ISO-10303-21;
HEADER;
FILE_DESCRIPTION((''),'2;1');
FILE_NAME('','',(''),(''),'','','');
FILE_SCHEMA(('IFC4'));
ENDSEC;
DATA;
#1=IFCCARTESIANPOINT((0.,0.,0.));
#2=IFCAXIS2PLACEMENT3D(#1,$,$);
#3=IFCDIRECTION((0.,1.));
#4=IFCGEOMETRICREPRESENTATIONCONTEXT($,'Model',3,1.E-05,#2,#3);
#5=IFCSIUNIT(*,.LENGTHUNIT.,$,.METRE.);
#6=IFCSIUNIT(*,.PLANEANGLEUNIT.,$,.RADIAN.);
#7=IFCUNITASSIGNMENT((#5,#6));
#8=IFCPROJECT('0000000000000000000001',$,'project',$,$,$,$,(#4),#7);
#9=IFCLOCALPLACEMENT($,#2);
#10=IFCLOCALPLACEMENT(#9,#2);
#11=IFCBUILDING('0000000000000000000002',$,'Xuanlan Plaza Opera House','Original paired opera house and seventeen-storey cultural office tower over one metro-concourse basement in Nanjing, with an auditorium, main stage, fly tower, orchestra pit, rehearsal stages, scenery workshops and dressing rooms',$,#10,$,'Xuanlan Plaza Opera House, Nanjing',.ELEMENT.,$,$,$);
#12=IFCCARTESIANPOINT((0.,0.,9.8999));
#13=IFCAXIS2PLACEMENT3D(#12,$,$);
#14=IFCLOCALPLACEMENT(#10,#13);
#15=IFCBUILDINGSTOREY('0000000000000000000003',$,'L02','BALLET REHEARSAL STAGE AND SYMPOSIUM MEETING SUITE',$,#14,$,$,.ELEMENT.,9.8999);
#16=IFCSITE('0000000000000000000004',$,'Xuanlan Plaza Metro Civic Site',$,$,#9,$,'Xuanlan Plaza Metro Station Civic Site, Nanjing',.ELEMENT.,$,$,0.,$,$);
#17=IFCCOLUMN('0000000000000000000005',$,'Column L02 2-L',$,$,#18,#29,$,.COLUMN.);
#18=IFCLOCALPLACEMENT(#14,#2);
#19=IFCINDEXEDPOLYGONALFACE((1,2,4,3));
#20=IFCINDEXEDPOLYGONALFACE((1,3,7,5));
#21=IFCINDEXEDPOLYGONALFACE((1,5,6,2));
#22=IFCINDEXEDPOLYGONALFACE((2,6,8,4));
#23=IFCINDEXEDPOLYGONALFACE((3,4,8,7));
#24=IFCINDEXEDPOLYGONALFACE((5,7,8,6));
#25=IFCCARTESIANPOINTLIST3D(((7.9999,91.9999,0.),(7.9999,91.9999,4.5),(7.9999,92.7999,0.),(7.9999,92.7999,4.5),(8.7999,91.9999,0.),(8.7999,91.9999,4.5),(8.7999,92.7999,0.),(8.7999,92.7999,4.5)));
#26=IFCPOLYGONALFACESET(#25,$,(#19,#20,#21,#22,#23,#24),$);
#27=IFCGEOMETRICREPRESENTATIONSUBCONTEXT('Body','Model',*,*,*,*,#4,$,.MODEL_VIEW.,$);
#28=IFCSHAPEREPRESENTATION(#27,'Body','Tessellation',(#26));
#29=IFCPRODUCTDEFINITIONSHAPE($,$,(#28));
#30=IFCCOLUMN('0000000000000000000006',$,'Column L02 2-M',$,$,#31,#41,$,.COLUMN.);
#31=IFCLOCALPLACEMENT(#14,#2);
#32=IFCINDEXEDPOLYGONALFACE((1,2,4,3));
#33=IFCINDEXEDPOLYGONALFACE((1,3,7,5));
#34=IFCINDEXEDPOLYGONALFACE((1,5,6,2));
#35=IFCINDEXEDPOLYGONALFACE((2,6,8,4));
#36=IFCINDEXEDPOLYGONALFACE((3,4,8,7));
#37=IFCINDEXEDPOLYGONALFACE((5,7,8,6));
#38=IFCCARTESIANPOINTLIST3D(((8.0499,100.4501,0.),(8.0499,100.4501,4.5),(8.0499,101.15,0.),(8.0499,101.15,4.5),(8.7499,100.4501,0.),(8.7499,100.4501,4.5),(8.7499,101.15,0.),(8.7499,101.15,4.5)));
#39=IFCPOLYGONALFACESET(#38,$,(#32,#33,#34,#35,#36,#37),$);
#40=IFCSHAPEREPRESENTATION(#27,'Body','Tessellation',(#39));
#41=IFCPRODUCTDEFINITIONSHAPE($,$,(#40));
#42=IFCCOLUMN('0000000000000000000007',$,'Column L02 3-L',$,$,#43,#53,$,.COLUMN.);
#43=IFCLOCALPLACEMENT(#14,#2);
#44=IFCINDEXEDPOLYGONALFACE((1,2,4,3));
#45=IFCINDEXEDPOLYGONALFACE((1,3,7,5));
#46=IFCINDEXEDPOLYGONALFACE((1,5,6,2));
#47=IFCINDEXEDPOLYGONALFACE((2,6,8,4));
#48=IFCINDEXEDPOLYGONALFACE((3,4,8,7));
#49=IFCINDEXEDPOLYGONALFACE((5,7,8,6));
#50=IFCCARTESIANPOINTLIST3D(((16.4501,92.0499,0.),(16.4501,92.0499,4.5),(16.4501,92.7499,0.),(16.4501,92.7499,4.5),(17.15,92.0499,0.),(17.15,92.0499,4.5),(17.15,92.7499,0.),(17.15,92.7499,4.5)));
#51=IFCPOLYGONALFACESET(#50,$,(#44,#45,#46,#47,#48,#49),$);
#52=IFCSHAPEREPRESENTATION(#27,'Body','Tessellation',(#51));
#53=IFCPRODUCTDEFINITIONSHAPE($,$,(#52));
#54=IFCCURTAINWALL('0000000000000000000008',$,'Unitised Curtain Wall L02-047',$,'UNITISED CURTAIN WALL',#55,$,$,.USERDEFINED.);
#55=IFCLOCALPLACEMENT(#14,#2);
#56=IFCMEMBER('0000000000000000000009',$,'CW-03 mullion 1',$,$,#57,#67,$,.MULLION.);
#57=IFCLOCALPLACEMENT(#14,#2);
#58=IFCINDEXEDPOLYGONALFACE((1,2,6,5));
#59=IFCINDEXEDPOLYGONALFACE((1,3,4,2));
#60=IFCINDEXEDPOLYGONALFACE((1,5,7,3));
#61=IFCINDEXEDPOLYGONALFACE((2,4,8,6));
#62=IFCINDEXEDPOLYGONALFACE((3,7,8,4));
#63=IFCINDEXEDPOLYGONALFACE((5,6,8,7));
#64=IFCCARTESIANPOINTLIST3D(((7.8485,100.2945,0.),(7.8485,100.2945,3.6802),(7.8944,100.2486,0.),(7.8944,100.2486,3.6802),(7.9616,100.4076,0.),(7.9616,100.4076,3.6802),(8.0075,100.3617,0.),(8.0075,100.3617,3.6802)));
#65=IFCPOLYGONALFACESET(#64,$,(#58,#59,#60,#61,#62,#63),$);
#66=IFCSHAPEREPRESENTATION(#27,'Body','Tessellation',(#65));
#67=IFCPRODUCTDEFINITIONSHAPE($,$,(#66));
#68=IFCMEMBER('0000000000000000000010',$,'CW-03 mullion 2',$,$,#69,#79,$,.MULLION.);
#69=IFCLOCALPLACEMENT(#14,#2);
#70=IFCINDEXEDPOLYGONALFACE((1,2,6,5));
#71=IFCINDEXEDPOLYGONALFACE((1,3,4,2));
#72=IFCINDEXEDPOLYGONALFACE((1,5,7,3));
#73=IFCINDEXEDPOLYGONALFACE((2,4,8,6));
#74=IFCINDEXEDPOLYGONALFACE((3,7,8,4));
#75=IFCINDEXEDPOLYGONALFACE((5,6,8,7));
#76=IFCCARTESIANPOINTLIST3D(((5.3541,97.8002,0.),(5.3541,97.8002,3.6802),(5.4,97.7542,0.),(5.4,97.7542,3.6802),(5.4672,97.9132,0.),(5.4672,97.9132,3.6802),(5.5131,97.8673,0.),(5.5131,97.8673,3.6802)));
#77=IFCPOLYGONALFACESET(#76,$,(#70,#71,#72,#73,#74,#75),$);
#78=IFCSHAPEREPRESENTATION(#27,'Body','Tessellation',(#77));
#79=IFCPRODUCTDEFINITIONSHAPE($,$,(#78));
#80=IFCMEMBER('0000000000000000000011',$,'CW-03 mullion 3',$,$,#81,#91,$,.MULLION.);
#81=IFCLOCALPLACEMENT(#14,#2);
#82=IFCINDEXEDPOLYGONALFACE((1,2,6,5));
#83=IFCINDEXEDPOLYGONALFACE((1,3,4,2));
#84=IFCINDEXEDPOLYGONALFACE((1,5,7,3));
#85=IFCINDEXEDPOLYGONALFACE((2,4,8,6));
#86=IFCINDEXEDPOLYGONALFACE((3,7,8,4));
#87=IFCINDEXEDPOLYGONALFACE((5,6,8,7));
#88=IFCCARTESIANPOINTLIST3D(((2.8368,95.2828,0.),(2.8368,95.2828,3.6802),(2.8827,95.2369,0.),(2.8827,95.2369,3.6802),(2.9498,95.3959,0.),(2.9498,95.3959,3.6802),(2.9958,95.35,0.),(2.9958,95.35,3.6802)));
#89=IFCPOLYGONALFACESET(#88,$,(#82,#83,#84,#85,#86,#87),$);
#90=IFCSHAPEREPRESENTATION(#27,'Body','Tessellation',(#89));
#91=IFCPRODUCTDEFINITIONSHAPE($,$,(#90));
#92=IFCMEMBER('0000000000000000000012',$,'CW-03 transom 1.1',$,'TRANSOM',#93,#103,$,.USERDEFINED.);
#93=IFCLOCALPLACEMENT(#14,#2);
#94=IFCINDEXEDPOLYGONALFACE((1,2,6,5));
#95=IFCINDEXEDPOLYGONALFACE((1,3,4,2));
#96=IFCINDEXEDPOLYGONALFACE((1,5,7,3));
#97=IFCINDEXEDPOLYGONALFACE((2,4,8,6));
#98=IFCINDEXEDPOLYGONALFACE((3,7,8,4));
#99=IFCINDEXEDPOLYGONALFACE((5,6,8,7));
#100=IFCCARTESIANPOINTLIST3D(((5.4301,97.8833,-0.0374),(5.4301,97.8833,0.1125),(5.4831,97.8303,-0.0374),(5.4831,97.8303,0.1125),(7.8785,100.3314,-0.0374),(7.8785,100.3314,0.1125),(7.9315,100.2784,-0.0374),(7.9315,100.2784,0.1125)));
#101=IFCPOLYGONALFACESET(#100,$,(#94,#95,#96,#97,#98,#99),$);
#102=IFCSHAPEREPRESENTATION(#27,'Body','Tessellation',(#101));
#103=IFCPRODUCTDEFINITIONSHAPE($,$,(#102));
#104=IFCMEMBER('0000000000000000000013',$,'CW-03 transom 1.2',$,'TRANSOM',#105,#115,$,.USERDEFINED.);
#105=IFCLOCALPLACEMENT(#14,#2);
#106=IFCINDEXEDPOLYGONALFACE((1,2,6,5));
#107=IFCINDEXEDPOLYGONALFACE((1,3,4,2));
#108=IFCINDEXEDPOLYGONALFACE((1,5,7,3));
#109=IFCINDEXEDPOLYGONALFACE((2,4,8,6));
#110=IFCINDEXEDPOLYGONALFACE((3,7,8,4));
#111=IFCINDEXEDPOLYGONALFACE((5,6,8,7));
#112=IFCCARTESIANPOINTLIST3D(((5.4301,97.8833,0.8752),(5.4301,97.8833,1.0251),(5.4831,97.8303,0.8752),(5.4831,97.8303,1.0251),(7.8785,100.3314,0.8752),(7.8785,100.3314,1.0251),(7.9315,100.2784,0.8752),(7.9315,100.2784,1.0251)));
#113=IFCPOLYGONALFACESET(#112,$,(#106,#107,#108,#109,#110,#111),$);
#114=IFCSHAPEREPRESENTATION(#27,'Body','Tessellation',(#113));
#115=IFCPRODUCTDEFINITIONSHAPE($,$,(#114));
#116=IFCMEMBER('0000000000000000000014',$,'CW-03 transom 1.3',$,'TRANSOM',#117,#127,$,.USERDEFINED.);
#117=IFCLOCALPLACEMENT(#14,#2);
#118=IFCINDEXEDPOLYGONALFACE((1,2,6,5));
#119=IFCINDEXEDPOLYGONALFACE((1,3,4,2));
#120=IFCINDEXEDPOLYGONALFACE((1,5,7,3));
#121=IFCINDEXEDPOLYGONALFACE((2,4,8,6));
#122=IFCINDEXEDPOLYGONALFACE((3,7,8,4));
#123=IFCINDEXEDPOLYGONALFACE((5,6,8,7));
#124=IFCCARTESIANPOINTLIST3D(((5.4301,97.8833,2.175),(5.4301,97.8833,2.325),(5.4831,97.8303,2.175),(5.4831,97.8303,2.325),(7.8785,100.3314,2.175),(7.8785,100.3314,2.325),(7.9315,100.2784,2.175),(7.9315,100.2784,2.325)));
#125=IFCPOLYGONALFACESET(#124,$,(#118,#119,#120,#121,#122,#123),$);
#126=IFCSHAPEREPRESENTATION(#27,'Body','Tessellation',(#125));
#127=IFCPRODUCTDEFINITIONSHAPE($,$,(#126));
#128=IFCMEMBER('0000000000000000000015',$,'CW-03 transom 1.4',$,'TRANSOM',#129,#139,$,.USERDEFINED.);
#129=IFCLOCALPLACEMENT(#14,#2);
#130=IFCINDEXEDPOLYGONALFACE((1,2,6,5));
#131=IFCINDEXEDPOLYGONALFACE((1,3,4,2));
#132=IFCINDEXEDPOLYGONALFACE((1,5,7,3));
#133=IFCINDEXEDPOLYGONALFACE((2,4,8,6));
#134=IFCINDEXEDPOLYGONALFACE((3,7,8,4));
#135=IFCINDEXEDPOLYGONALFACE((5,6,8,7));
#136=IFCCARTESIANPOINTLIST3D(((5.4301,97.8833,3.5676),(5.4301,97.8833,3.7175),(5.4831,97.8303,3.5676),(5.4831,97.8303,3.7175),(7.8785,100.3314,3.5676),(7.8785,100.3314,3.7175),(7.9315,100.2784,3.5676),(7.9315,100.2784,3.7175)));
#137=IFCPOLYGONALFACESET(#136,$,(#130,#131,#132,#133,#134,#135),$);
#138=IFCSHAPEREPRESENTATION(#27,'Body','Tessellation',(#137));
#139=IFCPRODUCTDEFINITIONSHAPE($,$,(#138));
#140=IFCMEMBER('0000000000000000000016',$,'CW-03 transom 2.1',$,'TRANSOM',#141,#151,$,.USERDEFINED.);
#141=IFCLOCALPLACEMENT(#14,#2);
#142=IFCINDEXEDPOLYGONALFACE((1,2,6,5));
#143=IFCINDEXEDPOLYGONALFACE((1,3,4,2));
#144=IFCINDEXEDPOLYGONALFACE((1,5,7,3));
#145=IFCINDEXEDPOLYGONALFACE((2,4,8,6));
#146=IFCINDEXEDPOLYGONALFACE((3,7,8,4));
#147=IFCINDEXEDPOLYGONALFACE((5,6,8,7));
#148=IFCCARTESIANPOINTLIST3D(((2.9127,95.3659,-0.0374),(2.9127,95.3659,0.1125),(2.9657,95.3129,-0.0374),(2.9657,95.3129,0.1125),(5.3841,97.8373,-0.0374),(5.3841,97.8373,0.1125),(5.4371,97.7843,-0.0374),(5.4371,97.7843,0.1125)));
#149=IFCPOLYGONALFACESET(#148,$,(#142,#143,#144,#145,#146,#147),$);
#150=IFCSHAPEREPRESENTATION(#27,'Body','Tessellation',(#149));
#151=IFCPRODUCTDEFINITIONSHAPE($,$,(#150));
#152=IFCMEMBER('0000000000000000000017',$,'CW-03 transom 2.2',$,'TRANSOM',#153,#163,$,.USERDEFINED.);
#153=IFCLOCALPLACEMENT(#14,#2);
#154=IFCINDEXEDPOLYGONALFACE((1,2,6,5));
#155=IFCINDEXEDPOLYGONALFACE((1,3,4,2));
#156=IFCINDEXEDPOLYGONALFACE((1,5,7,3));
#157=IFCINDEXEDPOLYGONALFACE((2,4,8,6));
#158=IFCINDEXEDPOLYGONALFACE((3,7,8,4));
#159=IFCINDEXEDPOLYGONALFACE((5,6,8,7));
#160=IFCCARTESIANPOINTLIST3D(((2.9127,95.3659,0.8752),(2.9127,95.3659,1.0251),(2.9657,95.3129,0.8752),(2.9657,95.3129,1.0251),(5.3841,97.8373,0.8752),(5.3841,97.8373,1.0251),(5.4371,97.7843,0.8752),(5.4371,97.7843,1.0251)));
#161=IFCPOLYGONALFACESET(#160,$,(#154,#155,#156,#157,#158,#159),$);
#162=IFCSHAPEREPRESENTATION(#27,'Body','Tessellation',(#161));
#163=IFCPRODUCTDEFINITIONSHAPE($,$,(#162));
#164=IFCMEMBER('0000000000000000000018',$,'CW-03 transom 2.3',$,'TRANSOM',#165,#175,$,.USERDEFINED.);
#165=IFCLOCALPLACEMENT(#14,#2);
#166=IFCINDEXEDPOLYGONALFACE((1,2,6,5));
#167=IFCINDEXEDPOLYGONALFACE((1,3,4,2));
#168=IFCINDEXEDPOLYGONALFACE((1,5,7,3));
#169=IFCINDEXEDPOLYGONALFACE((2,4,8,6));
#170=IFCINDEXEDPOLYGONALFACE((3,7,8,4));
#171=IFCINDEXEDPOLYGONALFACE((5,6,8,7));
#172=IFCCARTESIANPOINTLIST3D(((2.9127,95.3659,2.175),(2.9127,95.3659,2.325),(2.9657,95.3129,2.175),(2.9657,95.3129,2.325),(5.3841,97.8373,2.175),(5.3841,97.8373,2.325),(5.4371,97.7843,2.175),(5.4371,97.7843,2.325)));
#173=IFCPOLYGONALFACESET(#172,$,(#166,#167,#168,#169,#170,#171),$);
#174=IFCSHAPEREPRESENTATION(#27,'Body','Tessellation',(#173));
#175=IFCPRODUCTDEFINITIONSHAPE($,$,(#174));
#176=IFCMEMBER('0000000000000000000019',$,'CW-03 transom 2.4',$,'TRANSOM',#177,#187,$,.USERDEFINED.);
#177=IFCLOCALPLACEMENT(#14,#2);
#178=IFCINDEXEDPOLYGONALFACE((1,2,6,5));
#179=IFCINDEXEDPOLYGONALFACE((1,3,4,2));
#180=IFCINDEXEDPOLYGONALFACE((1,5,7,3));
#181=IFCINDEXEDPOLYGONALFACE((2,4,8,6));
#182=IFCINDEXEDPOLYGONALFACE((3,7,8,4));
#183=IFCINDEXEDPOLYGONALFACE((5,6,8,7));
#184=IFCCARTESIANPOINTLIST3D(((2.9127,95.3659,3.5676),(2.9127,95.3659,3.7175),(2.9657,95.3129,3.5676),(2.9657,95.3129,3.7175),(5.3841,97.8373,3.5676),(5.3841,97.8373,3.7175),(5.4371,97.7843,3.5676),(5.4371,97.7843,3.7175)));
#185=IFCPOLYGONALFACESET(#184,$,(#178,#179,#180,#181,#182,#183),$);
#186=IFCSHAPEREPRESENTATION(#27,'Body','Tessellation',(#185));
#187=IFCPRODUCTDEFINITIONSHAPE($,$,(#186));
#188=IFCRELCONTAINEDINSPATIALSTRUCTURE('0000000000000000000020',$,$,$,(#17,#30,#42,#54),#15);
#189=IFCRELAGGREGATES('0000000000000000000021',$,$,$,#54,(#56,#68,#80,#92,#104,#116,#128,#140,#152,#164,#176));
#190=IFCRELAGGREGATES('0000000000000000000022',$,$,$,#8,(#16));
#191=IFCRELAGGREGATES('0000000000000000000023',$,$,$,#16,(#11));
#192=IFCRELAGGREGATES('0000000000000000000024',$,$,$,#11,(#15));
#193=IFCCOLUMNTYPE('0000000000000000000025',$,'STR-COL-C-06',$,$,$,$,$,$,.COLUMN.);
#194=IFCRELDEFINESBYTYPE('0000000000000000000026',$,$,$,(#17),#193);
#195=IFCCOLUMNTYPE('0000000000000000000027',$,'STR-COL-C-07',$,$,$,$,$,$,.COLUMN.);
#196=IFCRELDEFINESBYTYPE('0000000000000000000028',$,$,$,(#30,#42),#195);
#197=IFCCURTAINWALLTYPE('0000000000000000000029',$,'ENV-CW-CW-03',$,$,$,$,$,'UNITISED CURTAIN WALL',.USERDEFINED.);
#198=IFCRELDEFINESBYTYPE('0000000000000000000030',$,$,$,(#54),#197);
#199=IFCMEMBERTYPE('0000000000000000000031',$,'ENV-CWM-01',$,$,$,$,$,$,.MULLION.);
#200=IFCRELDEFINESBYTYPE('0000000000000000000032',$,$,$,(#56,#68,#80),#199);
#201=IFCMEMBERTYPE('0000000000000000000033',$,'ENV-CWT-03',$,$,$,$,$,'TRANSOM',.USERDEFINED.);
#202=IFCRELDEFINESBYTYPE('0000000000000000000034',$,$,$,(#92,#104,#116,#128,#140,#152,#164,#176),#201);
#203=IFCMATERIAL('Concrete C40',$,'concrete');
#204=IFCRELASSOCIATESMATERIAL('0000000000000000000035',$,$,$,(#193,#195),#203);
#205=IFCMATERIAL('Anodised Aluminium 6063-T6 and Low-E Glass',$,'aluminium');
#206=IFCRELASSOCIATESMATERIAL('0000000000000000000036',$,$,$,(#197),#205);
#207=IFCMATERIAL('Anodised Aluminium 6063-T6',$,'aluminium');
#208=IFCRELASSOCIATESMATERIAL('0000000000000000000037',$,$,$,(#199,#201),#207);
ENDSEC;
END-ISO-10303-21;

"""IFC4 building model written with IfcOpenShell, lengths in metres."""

from ifc_helpers import new_model, si_unit, direction, frame, origin, origin_2d, place, context, subcontext, project, spatial, rectangle, extrude, material, material_profile, profile_set, type_object, element, aggregate, save


model = new_model("IFC4")

# Units and contexts
model_context = context("Model", 3, precision=1e-05, world=origin(), true_north=direction((0.0, 1.0)))
body_context = subcontext(model_context, "Body", "Model", "MODEL_VIEW")
ifc_project = project(units=[si_unit("LENGTHUNIT", "METRE"), si_unit("PLANEANGLEUNIT", "RADIAN")], contexts=[model_context])

# Site, building, storey
site_placement = place(None, origin())
site = spatial("IfcSite", under=ifc_project, at=site_placement, Name="Xuanlan Plaza Metro Civic Site", LongName="Xuanlan Plaza Metro Station Civic Site, Nanjing", CompositionType="ELEMENT", RefElevation=0.0)
building_placement = place(site_placement, origin())
building = spatial("IfcBuilding", under=site, at=building_placement, Name="Xuanlan Plaza Opera House", Description="Original paired opera house and seventeen-storey cultural office tower over one metro-concourse basement in Nanjing, with an auditorium, main stage, fly tower, orchestra pit, rehearsal stages, scenery workshops and dressing rooms", LongName="Xuanlan Plaza Opera House, Nanjing", CompositionType="ELEMENT")
storey_placement = place(building_placement, frame((0.0, 0.0, 9.8999)))
storey = spatial("IfcBuildingStorey", under=building, at=storey_placement, Name="L02", Description="BALLET REHEARSAL STAGE AND SYMPOSIUM MEETING SUITE", CompositionType="ELEMENT", Elevation=9.8999)

# Columns
ifc_material_1 = material(Name="Concrete C40", Category="concrete")
ifc_material_profile_1 = material_profile(ifc_material_1, rectangle(XDim=0.8, YDim=0.8, at=origin_2d()), Name="RC-COL 800x800")
ifc_profile_set_1 = profile_set([ifc_material_profile_1], Name="Concrete C40")
column_type_1 = type_object("IfcColumnType", Name="STR-COL-C-06", PredefinedType="COLUMN", material=ifc_profile_set_1)
column_placement = place(storey_placement, frame((8.3999, 92.3999, 0.0), z_axis=(0.0, 0.0, 1.0), x_axis=(1.0, 0.0, 0.0)))
element("IfcColumn", 1, at=column_placement, inside=storey, type_object=column_type_1, Name="Column L02 2-L", PredefinedType="COLUMN", context=body_context, shape_type="SweptSolid", body=[
    extrude(rectangle(XDim=0.8, YDim=0.8, at=origin_2d()), origin(), (0.0, 0.0, 1.0), 4.5),
])
ifc_material_profile_2 = material_profile(ifc_material_1, rectangle(XDim=0.7, YDim=0.7, at=origin_2d()), Name="RC-COL 700x700")
ifc_profile_set_2 = profile_set([ifc_material_profile_2], Name="Concrete C40")
column_type_2 = type_object("IfcColumnType", Name="STR-COL-C-07", PredefinedType="COLUMN", material=ifc_profile_set_2)
for number, where, z_axis, x_axis, name in (
    (2, (8.3999, 100.8, 0.0), (0.0, 0.0, 1.0), (1.0, 0.0, 0.0), "Column L02 2-M"),
    (3, (16.8, 92.3999, 0.0), (0.0, 0.0, 1.0), (1.0, 0.0, 0.0), "Column L02 3-L"),
):
    element("IfcColumn", number, at=place(storey_placement, frame(where, z_axis=z_axis, x_axis=x_axis)), inside=storey, type_object=column_type_2, Name=name, PredefinedType="COLUMN", context=body_context, shape_type="SweptSolid", body=[
        extrude(rectangle(XDim=0.7, YDim=0.7, at=origin_2d()), origin(), (0.0, 0.0, 1.0), 4.5),
    ])

# Curtain wall, members
ifc_material_2 = material(Name="Anodised Aluminium 6063-T6 and Low-E Glass", Category="aluminium")
curtain_wall_type = type_object("IfcCurtainWallType", Name="ENV-CW-CW-03", ElementType="UNITISED CURTAIN WALL", PredefinedType="USERDEFINED", material=ifc_material_2)
curtain_wall_placement = place(storey_placement, origin())
curtain_wall = element("IfcCurtainWall", 4, at=curtain_wall_placement, inside=storey, type_object=curtain_wall_type, Name="Unitised Curtain Wall L02-047", ObjectType="UNITISED CURTAIN WALL", PredefinedType="USERDEFINED")
ifc_material_3 = material(Name="Anodised Aluminium 6063-T6", Category="aluminium")
ifc_material_profile_3 = material_profile(ifc_material_3, rectangle(XDim=0.0649, YDim=0.1599, at=origin_2d()), Name="ALU-M 65x160")
ifc_profile_set_3 = profile_set([ifc_material_profile_3], Name="Anodised Aluminium 6063-T6")
member_type_1 = type_object("IfcMemberType", Name="ENV-CWM-01", PredefinedType="MULLION", material=ifc_profile_set_3)
member_1_placement = place(storey_placement, frame((7.928, 100.3281, 0.0), z_axis=(0.0, 0.0, 1.0), x_axis=(0.707107, -0.707107, 0.0)))
member_1 = element("IfcMember", 5, at=member_1_placement, type_object=member_type_1, Name="CW-03 mullion 1", PredefinedType="MULLION", context=body_context, shape_type="SweptSolid", body=[
    extrude(rectangle(XDim=0.0649, YDim=0.1599, at=origin_2d()), origin(), (0.0, 0.0, 1.0), 3.6802),
])
member_2_placement = place(storey_placement, frame((5.4336, 97.8337, 0.0), z_axis=(0.0, 0.0, 1.0), x_axis=(0.707107, -0.707107, 0.0)))
member_2 = element("IfcMember", 6, at=member_2_placement, type_object=member_type_1, Name="CW-03 mullion 2", PredefinedType="MULLION", context=body_context, shape_type="SweptSolid", body=[
    extrude(rectangle(XDim=0.0649, YDim=0.1599, at=origin_2d()), origin(), (0.0, 0.0, 1.0), 3.6802),
])
member_3_placement = place(storey_placement, frame((2.9163, 95.3164, 0.0), z_axis=(0.0, 0.0, 1.0), x_axis=(0.707107, -0.707107, 0.0)))
member_3 = element("IfcMember", 7, at=member_3_placement, type_object=member_type_1, Name="CW-03 mullion 3", PredefinedType="MULLION", context=body_context, shape_type="SweptSolid", body=[
    extrude(rectangle(XDim=0.0649, YDim=0.1599, at=origin_2d()), origin(), (0.0, 0.0, 1.0), 3.6802),
])
ifc_material_profile_4 = material_profile(ifc_material_3, rectangle(XDim=0.075, YDim=0.1499, at=origin_2d()), Name="ALU-T 75x150")
ifc_profile_set_4 = profile_set([ifc_material_profile_4], Name="Anodised Aluminium 6063-T6")
member_type_2 = type_object("IfcMemberType", Name="ENV-CWT-03", ElementType="TRANSOM", PredefinedType="USERDEFINED", material=ifc_profile_set_4)
member_4_placement = place(storey_placement, frame((7.905, 100.3049, 0.0376), z_axis=(-0.707142, -0.707072, 0.0), x_axis=(0.707072, -0.707142, 0.0)))
member_4 = element("IfcMember", 8, at=member_4_placement, type_object=member_type_2, Name="CW-03 transom 1.1", ObjectType="TRANSOM", PredefinedType="USERDEFINED", context=body_context, shape_type="SweptSolid", body=[
    extrude(rectangle(XDim=0.075, YDim=0.1499, at=origin_2d()), origin(), (0.0, 0.0, 1.0), 3.4624),
])
member_5_placement = place(storey_placement, frame((7.905, 100.3049, 0.9502), z_axis=(-0.707142, -0.707072, 0.0), x_axis=(0.707072, -0.707142, 0.0)))
member_5 = element("IfcMember", 9, at=member_5_placement, type_object=member_type_2, Name="CW-03 transom 1.2", ObjectType="TRANSOM", PredefinedType="USERDEFINED", context=body_context, shape_type="SweptSolid", body=[
    extrude(rectangle(XDim=0.075, YDim=0.1499, at=origin_2d()), origin(), (0.0, 0.0, 1.0), 3.4624),
])
member_6_placement = place(storey_placement, frame((7.905, 100.3049, 2.25), z_axis=(-0.707142, -0.707072, 0.0), x_axis=(0.707072, -0.707142, 0.0)))
member_6 = element("IfcMember", 10, at=member_6_placement, type_object=member_type_2, Name="CW-03 transom 1.3", ObjectType="TRANSOM", PredefinedType="USERDEFINED", context=body_context, shape_type="SweptSolid", body=[
    extrude(rectangle(XDim=0.075, YDim=0.1499, at=origin_2d()), origin(), (0.0, 0.0, 1.0), 3.4624),
])
member_7_placement = place(storey_placement, frame((7.905, 100.3049, 3.6426), z_axis=(-0.707142, -0.707072, 0.0), x_axis=(0.707072, -0.707142, 0.0)))
member_7 = element("IfcMember", 11, at=member_7_placement, type_object=member_type_2, Name="CW-03 transom 1.4", ObjectType="TRANSOM", PredefinedType="USERDEFINED", context=body_context, shape_type="SweptSolid", body=[
    extrude(rectangle(XDim=0.075, YDim=0.1499, at=origin_2d()), origin(), (0.0, 0.0, 1.0), 3.4624),
])
member_8_placement = place(storey_placement, frame((5.4106, 97.8108, 0.0376), z_axis=(-0.707107, -0.707107, 0.0), x_axis=(0.707107, -0.707107, 0.0)))
member_8 = element("IfcMember", 12, at=member_8_placement, type_object=member_type_2, Name="CW-03 transom 2.1", ObjectType="TRANSOM", PredefinedType="USERDEFINED", context=body_context, shape_type="SweptSolid", body=[
    extrude(rectangle(XDim=0.075, YDim=0.1499, at=origin_2d()), origin(), (0.0, 0.0, 1.0), 3.4951),
])
member_9_placement = place(storey_placement, frame((5.4106, 97.8108, 0.9502), z_axis=(-0.707107, -0.707107, 0.0), x_axis=(0.707107, -0.707107, 0.0)))
member_9 = element("IfcMember", 13, at=member_9_placement, type_object=member_type_2, Name="CW-03 transom 2.2", ObjectType="TRANSOM", PredefinedType="USERDEFINED", context=body_context, shape_type="SweptSolid", body=[
    extrude(rectangle(XDim=0.075, YDim=0.1499, at=origin_2d()), origin(), (0.0, 0.0, 1.0), 3.4951),
])
member_10_placement = place(storey_placement, frame((5.4106, 97.8108, 2.25), z_axis=(-0.707107, -0.707107, 0.0), x_axis=(0.707107, -0.707107, 0.0)))
member_10 = element("IfcMember", 14, at=member_10_placement, type_object=member_type_2, Name="CW-03 transom 2.3", ObjectType="TRANSOM", PredefinedType="USERDEFINED", context=body_context, shape_type="SweptSolid", body=[
    extrude(rectangle(XDim=0.075, YDim=0.1499, at=origin_2d()), origin(), (0.0, 0.0, 1.0), 3.4951),
])
member_11_placement = place(storey_placement, frame((5.4106, 97.8108, 3.6426), z_axis=(-0.707107, -0.707107, 0.0), x_axis=(0.707107, -0.707107, 0.0)))
member_11 = element("IfcMember", 15, at=member_11_placement, type_object=member_type_2, Name="CW-03 transom 2.4", ObjectType="TRANSOM", PredefinedType="USERDEFINED", context=body_context, shape_type="SweptSolid", body=[
    extrude(rectangle(XDim=0.075, YDim=0.1499, at=origin_2d()), origin(), (0.0, 0.0, 1.0), 3.4951),
])

aggregate(curtain_wall, [member_1, member_2, member_3, member_4, member_5, member_6, member_7, member_8, member_9, member_10, member_11])

save(model, "model.ifc")
